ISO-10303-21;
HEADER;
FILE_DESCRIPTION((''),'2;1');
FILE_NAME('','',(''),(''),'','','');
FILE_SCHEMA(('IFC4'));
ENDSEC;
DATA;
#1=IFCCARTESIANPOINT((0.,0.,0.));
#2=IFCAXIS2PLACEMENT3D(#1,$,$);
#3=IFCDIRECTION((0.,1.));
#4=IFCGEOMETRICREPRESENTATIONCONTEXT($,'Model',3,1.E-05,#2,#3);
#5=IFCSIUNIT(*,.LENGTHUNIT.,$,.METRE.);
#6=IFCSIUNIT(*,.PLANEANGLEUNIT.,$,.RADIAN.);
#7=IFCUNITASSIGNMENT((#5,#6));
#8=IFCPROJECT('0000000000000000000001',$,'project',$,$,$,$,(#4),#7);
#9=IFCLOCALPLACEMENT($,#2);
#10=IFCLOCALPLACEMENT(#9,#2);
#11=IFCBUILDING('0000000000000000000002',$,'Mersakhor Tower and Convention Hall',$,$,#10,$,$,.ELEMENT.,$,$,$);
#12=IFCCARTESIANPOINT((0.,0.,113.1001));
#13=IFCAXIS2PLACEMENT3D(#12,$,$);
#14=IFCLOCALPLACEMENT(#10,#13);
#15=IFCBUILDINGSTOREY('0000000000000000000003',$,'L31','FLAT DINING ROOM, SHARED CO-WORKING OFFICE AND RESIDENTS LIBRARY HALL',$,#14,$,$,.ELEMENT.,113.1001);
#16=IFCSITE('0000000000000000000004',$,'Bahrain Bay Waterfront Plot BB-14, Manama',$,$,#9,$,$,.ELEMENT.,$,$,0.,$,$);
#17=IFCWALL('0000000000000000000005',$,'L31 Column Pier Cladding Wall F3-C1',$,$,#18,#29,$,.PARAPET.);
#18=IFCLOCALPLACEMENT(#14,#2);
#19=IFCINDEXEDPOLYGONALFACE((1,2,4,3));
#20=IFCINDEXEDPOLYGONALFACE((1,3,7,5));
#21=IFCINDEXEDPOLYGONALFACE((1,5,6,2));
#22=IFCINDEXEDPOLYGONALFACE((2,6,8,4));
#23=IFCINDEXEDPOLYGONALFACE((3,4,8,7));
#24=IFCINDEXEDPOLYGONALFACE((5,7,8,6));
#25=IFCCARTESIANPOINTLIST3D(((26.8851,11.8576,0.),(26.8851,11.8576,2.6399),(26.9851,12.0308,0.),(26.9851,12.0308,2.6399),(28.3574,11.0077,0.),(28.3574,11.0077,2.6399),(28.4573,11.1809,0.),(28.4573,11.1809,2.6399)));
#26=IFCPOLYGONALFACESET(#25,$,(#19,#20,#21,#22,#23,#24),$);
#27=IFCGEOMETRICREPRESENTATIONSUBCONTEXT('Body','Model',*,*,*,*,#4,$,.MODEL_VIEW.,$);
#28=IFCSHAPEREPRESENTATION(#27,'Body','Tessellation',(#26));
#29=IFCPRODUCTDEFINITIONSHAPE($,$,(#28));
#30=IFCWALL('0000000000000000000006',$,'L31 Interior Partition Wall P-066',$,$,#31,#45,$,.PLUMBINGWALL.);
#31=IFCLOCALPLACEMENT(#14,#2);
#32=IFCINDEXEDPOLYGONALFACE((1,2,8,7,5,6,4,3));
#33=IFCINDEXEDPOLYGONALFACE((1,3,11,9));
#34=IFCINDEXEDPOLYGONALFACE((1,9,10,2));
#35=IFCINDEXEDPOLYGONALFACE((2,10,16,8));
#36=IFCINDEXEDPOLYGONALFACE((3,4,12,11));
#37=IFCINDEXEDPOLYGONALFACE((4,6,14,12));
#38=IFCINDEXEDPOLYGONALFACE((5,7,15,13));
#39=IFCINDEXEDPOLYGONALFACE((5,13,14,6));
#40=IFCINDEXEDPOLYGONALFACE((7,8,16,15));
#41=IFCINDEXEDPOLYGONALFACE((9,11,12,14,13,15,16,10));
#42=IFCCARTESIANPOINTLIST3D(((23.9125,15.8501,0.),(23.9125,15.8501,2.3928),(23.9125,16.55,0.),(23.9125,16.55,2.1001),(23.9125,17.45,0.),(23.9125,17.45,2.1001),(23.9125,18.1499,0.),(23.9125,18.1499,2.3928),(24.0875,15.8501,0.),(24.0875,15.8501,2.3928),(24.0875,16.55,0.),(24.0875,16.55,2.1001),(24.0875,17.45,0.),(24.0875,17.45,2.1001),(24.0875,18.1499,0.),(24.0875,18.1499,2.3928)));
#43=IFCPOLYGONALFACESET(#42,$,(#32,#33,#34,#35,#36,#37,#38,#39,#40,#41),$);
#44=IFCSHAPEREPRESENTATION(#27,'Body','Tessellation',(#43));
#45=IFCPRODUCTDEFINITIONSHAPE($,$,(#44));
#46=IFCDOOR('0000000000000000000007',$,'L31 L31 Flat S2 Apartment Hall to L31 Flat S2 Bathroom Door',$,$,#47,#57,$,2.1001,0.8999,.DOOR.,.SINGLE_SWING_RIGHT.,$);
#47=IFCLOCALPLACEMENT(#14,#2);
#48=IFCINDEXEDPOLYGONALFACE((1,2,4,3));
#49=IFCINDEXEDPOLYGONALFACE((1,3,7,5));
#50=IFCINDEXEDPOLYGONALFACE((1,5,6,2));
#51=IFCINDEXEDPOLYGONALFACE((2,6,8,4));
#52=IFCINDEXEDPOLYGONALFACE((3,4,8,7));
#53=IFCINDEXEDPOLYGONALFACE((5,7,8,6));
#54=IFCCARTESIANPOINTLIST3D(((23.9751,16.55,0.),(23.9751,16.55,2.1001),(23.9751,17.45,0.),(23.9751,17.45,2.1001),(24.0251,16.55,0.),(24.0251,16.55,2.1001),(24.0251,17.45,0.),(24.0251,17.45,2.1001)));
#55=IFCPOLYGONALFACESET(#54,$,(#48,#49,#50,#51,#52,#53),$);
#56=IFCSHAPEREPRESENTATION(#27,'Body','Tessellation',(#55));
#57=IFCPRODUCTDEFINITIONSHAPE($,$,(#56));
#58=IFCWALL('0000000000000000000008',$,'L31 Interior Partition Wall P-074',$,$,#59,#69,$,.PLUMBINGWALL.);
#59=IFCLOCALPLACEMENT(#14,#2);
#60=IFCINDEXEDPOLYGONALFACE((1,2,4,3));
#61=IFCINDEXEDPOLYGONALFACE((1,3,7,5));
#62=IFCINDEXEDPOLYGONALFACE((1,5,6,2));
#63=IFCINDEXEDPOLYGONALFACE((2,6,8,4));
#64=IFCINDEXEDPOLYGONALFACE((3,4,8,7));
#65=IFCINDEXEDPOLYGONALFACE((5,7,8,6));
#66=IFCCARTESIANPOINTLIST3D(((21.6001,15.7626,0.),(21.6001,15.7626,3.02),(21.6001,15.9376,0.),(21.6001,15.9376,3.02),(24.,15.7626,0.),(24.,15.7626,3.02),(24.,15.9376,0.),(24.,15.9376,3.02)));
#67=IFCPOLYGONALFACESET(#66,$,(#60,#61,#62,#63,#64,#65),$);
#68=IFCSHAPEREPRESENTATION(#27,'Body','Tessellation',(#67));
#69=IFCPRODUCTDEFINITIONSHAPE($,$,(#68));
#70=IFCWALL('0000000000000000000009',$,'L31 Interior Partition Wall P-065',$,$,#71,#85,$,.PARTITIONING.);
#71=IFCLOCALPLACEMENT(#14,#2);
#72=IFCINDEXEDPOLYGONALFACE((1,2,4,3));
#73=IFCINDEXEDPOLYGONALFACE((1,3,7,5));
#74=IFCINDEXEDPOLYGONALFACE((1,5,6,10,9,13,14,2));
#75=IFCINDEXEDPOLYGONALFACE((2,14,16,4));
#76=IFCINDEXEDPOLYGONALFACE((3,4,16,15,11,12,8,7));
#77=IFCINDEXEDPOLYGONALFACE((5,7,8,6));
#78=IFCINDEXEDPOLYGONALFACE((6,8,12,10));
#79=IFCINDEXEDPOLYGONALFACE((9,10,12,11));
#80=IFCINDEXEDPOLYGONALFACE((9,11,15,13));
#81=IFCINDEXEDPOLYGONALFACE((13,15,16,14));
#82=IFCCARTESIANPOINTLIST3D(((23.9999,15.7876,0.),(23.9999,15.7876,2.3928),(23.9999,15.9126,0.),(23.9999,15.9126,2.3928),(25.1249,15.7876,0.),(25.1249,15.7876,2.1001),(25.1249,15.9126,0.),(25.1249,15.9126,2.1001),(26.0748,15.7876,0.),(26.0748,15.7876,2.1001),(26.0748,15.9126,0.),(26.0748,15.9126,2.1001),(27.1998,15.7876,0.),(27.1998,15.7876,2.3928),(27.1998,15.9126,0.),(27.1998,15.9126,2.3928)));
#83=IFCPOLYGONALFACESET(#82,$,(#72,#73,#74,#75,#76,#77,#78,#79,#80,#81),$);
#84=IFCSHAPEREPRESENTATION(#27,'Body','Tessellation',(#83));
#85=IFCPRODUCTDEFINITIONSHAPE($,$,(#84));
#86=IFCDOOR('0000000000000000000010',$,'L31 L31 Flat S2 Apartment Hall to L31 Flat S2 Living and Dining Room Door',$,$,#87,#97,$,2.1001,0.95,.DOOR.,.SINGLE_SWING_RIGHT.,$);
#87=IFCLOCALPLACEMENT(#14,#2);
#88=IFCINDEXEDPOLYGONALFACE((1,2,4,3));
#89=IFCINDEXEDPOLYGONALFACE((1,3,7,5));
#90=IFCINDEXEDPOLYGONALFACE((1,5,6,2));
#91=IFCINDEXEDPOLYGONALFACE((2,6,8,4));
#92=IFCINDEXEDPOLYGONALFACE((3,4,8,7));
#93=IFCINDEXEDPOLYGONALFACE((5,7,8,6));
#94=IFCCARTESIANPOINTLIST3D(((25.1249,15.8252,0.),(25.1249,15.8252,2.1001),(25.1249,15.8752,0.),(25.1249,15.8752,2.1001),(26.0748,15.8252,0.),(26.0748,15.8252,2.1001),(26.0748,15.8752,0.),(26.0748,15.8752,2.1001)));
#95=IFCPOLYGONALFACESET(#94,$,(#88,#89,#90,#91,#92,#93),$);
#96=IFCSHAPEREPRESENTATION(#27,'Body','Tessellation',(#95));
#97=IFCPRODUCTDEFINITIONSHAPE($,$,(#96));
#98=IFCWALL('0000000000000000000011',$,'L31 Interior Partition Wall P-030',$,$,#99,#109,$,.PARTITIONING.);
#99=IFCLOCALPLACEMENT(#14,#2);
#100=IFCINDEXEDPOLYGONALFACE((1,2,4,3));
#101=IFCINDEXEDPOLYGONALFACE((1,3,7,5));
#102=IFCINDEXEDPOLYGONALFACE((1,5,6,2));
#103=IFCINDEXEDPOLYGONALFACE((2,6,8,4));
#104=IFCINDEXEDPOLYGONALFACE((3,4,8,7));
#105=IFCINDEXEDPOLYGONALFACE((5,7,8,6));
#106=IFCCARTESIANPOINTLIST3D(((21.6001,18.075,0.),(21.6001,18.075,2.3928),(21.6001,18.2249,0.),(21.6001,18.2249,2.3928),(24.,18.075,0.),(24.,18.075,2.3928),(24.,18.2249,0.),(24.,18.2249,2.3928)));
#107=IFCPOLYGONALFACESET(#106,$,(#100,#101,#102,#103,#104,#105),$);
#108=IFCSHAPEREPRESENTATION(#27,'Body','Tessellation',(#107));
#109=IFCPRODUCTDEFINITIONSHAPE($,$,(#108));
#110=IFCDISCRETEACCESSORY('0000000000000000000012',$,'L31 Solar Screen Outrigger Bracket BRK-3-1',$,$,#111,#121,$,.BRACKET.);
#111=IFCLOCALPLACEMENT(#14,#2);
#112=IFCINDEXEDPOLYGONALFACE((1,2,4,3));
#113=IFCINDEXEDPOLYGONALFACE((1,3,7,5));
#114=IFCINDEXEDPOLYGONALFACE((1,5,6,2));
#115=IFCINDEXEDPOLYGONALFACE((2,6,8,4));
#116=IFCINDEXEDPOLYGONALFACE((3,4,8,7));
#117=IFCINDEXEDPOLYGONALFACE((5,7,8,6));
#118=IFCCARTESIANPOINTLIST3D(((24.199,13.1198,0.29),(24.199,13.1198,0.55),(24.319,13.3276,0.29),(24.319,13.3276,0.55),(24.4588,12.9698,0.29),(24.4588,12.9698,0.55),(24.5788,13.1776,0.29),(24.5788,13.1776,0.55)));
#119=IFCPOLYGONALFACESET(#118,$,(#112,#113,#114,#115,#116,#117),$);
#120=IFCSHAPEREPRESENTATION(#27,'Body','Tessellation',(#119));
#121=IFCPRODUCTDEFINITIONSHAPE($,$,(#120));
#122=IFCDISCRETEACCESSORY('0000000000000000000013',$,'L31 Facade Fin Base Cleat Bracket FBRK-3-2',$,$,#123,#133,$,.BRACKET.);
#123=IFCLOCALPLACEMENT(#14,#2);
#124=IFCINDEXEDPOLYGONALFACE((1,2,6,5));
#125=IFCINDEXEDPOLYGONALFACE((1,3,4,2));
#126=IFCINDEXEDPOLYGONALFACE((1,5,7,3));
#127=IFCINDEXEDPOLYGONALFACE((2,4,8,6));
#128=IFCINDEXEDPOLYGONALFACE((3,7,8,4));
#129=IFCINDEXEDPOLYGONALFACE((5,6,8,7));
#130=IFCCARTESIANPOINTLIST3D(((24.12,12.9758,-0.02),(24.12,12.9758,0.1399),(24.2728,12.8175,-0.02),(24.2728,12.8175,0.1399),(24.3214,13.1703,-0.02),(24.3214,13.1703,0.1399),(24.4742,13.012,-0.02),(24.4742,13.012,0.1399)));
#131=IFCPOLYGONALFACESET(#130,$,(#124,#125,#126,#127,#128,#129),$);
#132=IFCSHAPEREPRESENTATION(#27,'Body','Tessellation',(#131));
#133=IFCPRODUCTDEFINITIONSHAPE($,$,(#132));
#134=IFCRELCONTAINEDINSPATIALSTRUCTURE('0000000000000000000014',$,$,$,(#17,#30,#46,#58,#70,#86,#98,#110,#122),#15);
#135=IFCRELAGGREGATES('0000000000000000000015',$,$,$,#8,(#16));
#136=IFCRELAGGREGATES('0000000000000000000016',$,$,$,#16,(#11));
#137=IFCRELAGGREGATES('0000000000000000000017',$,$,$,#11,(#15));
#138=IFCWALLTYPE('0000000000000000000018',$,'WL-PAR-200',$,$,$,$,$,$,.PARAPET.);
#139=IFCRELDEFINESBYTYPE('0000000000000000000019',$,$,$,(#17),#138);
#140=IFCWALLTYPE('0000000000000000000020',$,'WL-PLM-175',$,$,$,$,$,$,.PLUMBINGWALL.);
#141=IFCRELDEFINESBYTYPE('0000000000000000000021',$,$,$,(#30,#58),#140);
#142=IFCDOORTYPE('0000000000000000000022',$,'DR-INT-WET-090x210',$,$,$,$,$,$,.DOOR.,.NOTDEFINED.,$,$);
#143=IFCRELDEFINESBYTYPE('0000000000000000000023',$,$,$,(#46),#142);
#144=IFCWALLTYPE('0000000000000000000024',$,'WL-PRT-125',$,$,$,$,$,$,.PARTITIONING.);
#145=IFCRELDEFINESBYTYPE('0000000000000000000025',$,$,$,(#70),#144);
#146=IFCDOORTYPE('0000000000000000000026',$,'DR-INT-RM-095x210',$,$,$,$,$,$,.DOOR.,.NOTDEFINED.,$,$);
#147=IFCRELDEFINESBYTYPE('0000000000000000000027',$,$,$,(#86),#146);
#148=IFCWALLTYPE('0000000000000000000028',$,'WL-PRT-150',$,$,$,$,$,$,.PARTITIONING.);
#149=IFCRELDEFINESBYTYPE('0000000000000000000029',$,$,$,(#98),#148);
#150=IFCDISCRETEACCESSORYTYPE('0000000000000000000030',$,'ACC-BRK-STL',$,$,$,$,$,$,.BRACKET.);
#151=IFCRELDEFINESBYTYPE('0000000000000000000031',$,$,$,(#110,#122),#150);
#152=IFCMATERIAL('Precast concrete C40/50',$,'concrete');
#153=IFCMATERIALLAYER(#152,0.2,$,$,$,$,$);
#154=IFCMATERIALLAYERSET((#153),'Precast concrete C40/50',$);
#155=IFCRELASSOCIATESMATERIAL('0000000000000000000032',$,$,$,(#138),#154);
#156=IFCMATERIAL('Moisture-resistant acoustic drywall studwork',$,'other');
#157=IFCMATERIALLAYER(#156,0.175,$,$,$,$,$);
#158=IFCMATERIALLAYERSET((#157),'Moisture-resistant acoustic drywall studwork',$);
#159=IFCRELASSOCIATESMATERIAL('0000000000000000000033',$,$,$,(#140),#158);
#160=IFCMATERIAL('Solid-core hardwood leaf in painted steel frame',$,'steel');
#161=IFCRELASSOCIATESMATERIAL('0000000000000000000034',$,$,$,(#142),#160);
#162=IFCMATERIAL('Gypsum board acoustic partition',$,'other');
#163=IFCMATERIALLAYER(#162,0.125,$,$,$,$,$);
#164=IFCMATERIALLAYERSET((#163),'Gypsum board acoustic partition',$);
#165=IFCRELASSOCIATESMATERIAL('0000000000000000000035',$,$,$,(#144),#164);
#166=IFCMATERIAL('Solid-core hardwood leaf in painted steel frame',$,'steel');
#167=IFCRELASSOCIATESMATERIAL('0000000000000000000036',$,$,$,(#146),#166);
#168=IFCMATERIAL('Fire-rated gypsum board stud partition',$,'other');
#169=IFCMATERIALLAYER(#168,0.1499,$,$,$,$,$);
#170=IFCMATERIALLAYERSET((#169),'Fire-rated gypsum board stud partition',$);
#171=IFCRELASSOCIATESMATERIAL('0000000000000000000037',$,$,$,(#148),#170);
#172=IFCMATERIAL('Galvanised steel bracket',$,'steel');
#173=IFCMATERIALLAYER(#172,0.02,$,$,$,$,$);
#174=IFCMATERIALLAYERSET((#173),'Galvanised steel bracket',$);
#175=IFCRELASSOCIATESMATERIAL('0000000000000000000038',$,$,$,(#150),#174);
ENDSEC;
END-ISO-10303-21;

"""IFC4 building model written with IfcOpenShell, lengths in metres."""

from ifc_helpers import new_model, si_unit, direction, frame, frame_2d, origin, origin_2d, place, context, subcontext, project, spatial, rectangle, extrude, material, layer, layer_set, type_object, element, fill, save


model = new_model("IFC4")

# Units and contexts
model_context = context("Model", 3, precision=1e-05, world=origin(), true_north=direction((0.0, 1.0)))
body_context = subcontext(model_context, "Body", "Model", "MODEL_VIEW")
ifc_project = project(units=[si_unit("LENGTHUNIT", "METRE"), si_unit("PLANEANGLEUNIT", "RADIAN")], contexts=[model_context])

# Site, building, storey
site_placement = place(None, origin())
site = spatial("IfcSite", under=ifc_project, at=site_placement, Name="Bahrain Bay Waterfront Plot BB-14, Manama", CompositionType="ELEMENT", RefElevation=0.0)
building_placement = place(site_placement, origin())
building = spatial("IfcBuilding", under=site, at=building_placement, Name="Mersakhor Tower and Convention Hall", CompositionType="ELEMENT")
storey_placement = place(building_placement, frame((0.0, 0.0, 113.1001)))
storey = spatial("IfcBuildingStorey", under=building, at=storey_placement, Name="L31", Description="FLAT DINING ROOM, SHARED CO-WORKING OFFICE AND RESIDENTS LIBRARY HALL", CompositionType="ELEMENT", Elevation=113.1001)

# Wall
ifc_material_1 = material(Name="Precast concrete C40/50", Category="concrete")
ifc_layer_1 = layer(ifc_material_1, 0.2)
ifc_layer_set_1 = layer_set([ifc_layer_1], Name="Precast concrete C40/50")
wall_type_1 = type_object("IfcWallType", Name="WL-PAR-200", PredefinedType="PARAPET", material=ifc_layer_set_1)
wall_1_placement = place(storey_placement, frame((28.4075, 11.0942, 0.0), z_axis=(0.0, 0.0, 1.0), x_axis=(-0.866052, 0.499955, 0.0)))
element("IfcWall", 1, at=wall_1_placement, inside=storey, type_object=wall_type_1, Name="L31 Column Pier Cladding Wall F3-C1", PredefinedType="PARAPET", context=body_context, shape_type="SweptSolid", body=[
    extrude(rectangle(XDim=1.7, YDim=0.2, at=frame_2d((0.8501, 0.0))), origin(), (0.0, 0.0, 1.0), 2.6399),
])

# Wall, opening, door
ifc_material_2 = material(Name="Moisture-resistant acoustic drywall studwork", Category="other")
ifc_layer_2 = layer(ifc_material_2, 0.175)
ifc_layer_set_2 = layer_set([ifc_layer_2], Name="Moisture-resistant acoustic drywall studwork")
wall_type_2 = type_object("IfcWallType", Name="WL-PLM-175", PredefinedType="PLUMBINGWALL", material=ifc_layer_set_2)
wall_2_placement = place(storey_placement, frame((24.0, 15.8501, 0.0), z_axis=(0.0, 0.0, 1.0), x_axis=(0.0, 1.0, 0.0)))
wall_2 = element("IfcWall", 2, at=wall_2_placement, inside=storey, type_object=wall_type_2, Name="L31 Interior Partition Wall P-066", PredefinedType="PLUMBINGWALL", context=body_context, shape_type="SweptSolid", body=[
    extrude(rectangle(XDim=2.2998, YDim=0.175, at=frame_2d((1.1499, 0.0))), origin(), (0.0, 0.0, 1.0), 2.3928),
])
opening_1_placement = place(wall_2_placement, frame((0.7, 0.0, 0.0)))
opening_1 = element("IfcOpeningElement", 3, at=opening_1_placement, cuts=wall_2, PredefinedType="OPENING", context=body_context, shape_type="SweptSolid", body=[
    extrude(rectangle(XDim=0.8999, YDim=2.1001, at=frame_2d((0.45, 1.05))), frame((0.0, 0.0974, 0.0), z_axis=(0.0, -1.0, 0.0), x_axis=(1.0, 0.0, 0.0)), (0.0, 0.0, 1.0), 0.1951),
])
ifc_material_3 = material(Name="Solid-core hardwood leaf in painted steel frame", Category="steel")
door_type_1 = type_object("IfcDoorType", Name="DR-INT-WET-090x210", OperationType="NOTDEFINED", PredefinedType="DOOR", material=ifc_material_3)
door_1_placement = place(opening_1_placement, origin())
door_1 = element("IfcDoor", 4, at=door_1_placement, inside=storey, type_object=door_type_1, Name="L31 L31 Flat S2 Apartment Hall to L31 Flat S2 Bathroom Door", OperationType="SINGLE_SWING_RIGHT", OverallHeight=2.1001, OverallWidth=0.8999, PredefinedType="DOOR", context=body_context, shape_type="SweptSolid", body=[
    extrude(rectangle(XDim=0.8999, YDim=2.1001, at=frame_2d((0.45, 1.05))), frame((0.0, 0.0249, 0.0), z_axis=(0.0, -1.0, 0.0), x_axis=(1.0, 0.0, 0.0)), (0.0, 0.0, 1.0), 0.05),
])
fill(opening_1, door_1)

# Wall
wall_3_placement = place(storey_placement, frame((24.0, 15.8501, 0.0), z_axis=(0.0, 0.0, 1.0), x_axis=(-1.0, 0.0, 0.0)))
element("IfcWall", 5, at=wall_3_placement, inside=storey, type_object=wall_type_2, Name="L31 Interior Partition Wall P-074", PredefinedType="PLUMBINGWALL", context=body_context, shape_type="SweptSolid", body=[
    extrude(rectangle(XDim=2.3999, YDim=0.175, at=frame_2d((1.2, 0.0))), origin(), (0.0, 0.0, 1.0), 3.02),
])

# Wall, opening, door
ifc_material_4 = material(Name="Gypsum board acoustic partition", Category="other")
ifc_layer_3 = layer(ifc_material_4, 0.125)
ifc_layer_set_3 = layer_set([ifc_layer_3], Name="Gypsum board acoustic partition")
wall_type_3 = type_object("IfcWallType", Name="WL-PRT-125", PredefinedType="PARTITIONING", material=ifc_layer_set_3)
wall_4_placement = place(storey_placement, frame((27.2, 15.8501, 0.0), z_axis=(0.0, 0.0, 1.0), x_axis=(-1.0, 0.0, 0.0)))
wall_4 = element("IfcWall", 6, at=wall_4_placement, inside=storey, type_object=wall_type_3, Name="L31 Interior Partition Wall P-065", PredefinedType="PARTITIONING", context=body_context, shape_type="SweptSolid", body=[
    extrude(rectangle(XDim=3.2, YDim=0.125, at=frame_2d((1.6001, 0.0))), origin(), (0.0, 0.0, 1.0), 2.3928),
])
opening_2_placement = place(wall_4_placement, frame((1.125, 0.0, 0.0)))
opening_2 = element("IfcOpeningElement", 7, at=opening_2_placement, cuts=wall_4, PredefinedType="OPENING", context=body_context, shape_type="SweptSolid", body=[
    extrude(rectangle(XDim=0.95, YDim=2.1001, at=frame_2d((0.4751, 1.05))), frame((0.0, 0.0725, 0.0), z_axis=(0.0, -1.0, 0.0), x_axis=(1.0, 0.0, 0.0)), (0.0, 0.0, 1.0), 0.145),
])
ifc_material_5 = material(Name="Solid-core hardwood leaf in painted steel frame", Category="steel")
door_type_2 = type_object("IfcDoorType", Name="DR-INT-RM-095x210", OperationType="NOTDEFINED", PredefinedType="DOOR", material=ifc_material_5)
door_2_placement = place(opening_2_placement, origin())
door_2 = element("IfcDoor", 8, at=door_2_placement, inside=storey, type_object=door_type_2, Name="L31 L31 Flat S2 Apartment Hall to L31 Flat S2 Living and Dining Room Door", OperationType="SINGLE_SWING_RIGHT", OverallHeight=2.1001, OverallWidth=0.95, PredefinedType="DOOR", context=body_context, shape_type="SweptSolid", body=[
    extrude(rectangle(XDim=0.95, YDim=2.1001, at=frame_2d((0.4751, 1.05))), frame((0.0, 0.0249, 0.0), z_axis=(0.0, -1.0, 0.0), x_axis=(1.0, 0.0, 0.0)), (0.0, 0.0, 1.0), 0.05),
])
fill(opening_2, door_2)
ifc_material_6 = material(Name="Fire-rated gypsum board stud partition", Category="other")
ifc_layer_4 = layer(ifc_material_6, 0.1499)
ifc_layer_set_4 = layer_set([ifc_layer_4], Name="Fire-rated gypsum board stud partition")
wall_type_4 = type_object("IfcWallType", Name="WL-PRT-150", PredefinedType="PARTITIONING", material=ifc_layer_set_4)

# Wall
wall_5_placement = place(storey_placement, frame((24.0, 18.1499, 0.0), z_axis=(0.0, 0.0, 1.0), x_axis=(-1.0, 0.0, 0.0)))
element("IfcWall", 9, at=wall_5_placement, inside=storey, type_object=wall_type_4, Name="L31 Interior Partition Wall P-030", PredefinedType="PARTITIONING", context=body_context, shape_type="SweptSolid", body=[
    extrude(rectangle(XDim=2.3999, YDim=0.1499, at=frame_2d((1.2, 0.0))), origin(), (0.0, 0.0, 1.0), 2.3928),
])

# Discrete accessories
ifc_material_7 = material(Name="Galvanised steel bracket", Category="steel")
ifc_layer_5 = layer(ifc_material_7, 0.02)
ifc_layer_set_5 = layer_set([ifc_layer_5], Name="Galvanised steel bracket")
discrete_accessory_type = type_object("IfcDiscreteAccessoryType", Name="ACC-BRK-STL", PredefinedType="BRACKET", material=ifc_layer_set_5)
discrete_accessory_1_placement = place(storey_placement, frame((24.3889, 13.1487, 0.29), z_axis=(0.0, 0.0, 1.0), x_axis=(-0.866025, 0.5, 0.0)))
element("IfcDiscreteAccessory", 10, at=discrete_accessory_1_placement, inside=storey, type_object=discrete_accessory_type, Name="L31 Solar Screen Outrigger Bracket BRK-3-1", PredefinedType="BRACKET", context=body_context, shape_type="SweptSolid", body=[
    extrude(rectangle(XDim=0.3, YDim=0.24, at=origin_2d()), origin(), (0.0, 0.0, 1.0), 0.26),
])
discrete_accessory_2_placement = place(storey_placement, frame((24.2971, 12.9939, -0.02), z_axis=(0.0, 0.0, 1.0), x_axis=(-0.71934, -0.694658, 0.0)))
element("IfcDiscreteAccessory", 11, at=discrete_accessory_2_placement, inside=storey, type_object=discrete_accessory_type, Name="L31 Facade Fin Base Cleat Bracket FBRK-3-2", PredefinedType="BRACKET", context=body_context, shape_type="SweptSolid", body=[
    extrude(rectangle(XDim=0.28, YDim=0.22, at=origin_2d()), origin(), (0.0, 0.0, 1.0), 0.1599),
])

save(model, "model.ifc")
